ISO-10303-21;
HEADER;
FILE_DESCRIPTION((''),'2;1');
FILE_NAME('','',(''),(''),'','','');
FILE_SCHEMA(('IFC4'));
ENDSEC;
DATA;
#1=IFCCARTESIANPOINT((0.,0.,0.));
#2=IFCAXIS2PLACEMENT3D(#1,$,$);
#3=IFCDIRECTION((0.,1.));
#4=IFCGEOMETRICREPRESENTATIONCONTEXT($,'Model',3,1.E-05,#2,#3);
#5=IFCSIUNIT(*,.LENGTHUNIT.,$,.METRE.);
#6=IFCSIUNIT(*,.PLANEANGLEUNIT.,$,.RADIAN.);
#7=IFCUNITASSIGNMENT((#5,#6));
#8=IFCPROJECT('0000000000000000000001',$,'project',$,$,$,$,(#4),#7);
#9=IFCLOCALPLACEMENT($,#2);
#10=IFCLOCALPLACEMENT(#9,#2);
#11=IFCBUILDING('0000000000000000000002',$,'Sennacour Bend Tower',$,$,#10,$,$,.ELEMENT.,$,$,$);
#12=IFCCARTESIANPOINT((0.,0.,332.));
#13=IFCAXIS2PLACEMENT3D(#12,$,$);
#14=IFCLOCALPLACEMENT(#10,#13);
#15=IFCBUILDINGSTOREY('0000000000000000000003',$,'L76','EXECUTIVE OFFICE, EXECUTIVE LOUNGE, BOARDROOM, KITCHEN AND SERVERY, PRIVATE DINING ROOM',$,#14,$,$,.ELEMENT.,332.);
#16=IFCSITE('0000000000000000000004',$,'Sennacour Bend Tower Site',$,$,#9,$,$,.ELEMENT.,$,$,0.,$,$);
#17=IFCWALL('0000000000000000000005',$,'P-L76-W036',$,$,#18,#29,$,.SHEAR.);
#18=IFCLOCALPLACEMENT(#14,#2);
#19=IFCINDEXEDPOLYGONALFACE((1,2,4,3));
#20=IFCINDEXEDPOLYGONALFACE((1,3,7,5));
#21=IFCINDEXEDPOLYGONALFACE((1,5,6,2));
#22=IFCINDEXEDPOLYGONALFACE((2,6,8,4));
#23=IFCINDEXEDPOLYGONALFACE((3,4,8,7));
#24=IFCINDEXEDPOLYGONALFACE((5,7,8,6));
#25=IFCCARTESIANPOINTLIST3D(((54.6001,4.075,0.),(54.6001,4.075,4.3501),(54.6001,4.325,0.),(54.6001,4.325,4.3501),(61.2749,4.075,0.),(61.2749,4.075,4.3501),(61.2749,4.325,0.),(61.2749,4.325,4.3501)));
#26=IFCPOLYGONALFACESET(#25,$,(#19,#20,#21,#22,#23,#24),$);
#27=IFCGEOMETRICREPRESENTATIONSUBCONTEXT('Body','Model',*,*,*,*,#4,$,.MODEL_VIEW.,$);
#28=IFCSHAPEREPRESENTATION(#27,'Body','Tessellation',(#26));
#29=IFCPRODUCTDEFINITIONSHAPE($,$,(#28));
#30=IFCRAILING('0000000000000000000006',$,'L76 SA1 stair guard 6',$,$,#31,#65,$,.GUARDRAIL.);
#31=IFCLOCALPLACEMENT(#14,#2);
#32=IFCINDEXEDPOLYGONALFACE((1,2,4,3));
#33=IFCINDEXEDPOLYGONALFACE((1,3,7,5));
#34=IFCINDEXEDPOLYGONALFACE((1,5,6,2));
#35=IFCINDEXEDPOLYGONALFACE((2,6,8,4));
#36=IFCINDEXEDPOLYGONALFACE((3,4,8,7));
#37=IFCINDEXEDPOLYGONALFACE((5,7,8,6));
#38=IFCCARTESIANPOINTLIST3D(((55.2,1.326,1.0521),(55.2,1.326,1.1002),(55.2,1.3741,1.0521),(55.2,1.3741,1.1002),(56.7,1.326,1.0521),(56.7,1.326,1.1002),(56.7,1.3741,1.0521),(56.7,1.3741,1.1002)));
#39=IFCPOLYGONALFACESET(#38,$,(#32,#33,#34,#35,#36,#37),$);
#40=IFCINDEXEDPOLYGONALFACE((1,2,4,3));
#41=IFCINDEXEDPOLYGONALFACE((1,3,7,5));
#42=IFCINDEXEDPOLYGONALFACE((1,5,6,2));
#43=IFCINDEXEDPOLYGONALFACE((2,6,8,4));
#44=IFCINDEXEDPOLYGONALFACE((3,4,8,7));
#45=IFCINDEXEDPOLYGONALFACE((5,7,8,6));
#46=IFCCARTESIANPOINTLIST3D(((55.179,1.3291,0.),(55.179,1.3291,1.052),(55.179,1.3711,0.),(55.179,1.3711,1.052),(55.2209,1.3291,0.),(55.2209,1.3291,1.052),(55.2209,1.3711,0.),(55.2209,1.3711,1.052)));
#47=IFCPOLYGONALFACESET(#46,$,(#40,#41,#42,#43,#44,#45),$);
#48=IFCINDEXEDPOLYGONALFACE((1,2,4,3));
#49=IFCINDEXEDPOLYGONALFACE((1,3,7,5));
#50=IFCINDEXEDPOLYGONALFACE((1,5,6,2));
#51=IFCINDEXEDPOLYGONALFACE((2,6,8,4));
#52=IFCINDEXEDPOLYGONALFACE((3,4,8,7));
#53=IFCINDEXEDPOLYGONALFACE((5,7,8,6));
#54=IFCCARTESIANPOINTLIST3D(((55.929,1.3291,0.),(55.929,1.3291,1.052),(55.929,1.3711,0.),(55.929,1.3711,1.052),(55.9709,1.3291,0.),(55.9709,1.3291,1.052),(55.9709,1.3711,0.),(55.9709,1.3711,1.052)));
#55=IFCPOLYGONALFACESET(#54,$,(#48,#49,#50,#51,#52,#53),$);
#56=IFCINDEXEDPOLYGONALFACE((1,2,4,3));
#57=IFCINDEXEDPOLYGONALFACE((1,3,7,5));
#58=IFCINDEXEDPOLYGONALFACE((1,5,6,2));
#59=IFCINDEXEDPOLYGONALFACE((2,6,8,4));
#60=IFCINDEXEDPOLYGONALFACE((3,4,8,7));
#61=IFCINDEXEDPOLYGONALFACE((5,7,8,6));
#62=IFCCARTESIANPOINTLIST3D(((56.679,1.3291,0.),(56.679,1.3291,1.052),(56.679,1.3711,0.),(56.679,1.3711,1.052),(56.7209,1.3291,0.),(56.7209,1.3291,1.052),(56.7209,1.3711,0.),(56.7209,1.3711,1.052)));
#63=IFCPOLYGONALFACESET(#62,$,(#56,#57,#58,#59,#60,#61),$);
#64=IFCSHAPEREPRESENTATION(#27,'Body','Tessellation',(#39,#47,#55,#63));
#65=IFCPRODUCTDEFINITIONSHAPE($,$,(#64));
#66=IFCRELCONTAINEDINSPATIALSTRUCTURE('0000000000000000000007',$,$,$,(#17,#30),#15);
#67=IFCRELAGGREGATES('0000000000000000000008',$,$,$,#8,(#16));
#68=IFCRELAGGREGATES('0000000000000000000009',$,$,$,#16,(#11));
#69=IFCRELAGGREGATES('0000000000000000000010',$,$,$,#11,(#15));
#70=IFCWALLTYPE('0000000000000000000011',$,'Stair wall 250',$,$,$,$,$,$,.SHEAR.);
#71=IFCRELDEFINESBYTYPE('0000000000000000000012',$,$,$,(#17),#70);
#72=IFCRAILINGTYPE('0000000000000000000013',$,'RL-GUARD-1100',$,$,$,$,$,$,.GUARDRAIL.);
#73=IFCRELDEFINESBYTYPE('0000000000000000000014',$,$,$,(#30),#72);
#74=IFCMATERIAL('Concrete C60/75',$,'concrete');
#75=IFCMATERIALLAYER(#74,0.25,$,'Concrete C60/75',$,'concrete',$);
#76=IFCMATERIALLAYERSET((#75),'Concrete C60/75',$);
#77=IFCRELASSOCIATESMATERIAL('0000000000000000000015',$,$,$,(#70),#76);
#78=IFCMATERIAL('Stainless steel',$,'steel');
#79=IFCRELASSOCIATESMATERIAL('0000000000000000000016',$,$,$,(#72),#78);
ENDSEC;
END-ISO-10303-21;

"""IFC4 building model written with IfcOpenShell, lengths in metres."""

from ifc_helpers import new_model, si_unit, direction, frame, frame_2d, origin, origin_2d, place, context, subcontext, project, spatial, rectangle, extrude, material, layer, layer_set, type_object, element, save


model = new_model("IFC4")

# Units and contexts
model_context = context("Model", 3, precision=1e-05, world=origin(), true_north=direction((0.0, 1.0)))
body_context = subcontext(model_context, "Body", "Model", "MODEL_VIEW")
ifc_project = project(units=[si_unit("LENGTHUNIT", "METRE"), si_unit("PLANEANGLEUNIT", "RADIAN")], contexts=[model_context])

# Site, building, storey
site_placement = place(None, origin())
site = spatial("IfcSite", under=ifc_project, at=site_placement, Name="Sennacour Bend Tower Site", CompositionType="ELEMENT", RefElevation=0.0)
building_placement = place(site_placement, origin())
building = spatial("IfcBuilding", under=site, at=building_placement, Name="Sennacour Bend Tower", CompositionType="ELEMENT")
storey_placement = place(building_placement, frame((0.0, 0.0, 332.0)))
storey = spatial("IfcBuildingStorey", under=building, at=storey_placement, Name="L76", Description="EXECUTIVE OFFICE, EXECUTIVE LOUNGE, BOARDROOM, KITCHEN AND SERVERY, PRIVATE DINING ROOM", CompositionType="ELEMENT", Elevation=332.0)

# Shared definitions
ifc_material_1 = material(Name="Stainless steel", Category="steel")

# Wall
ifc_material_2 = material(Name="Concrete C60/75", Category="concrete")
ifc_layer_1 = layer(ifc_material_2, 0.25, Name="Concrete C60/75", Category="concrete")
ifc_layer_set_1 = layer_set([ifc_layer_1], Name="Concrete C60/75")
wall_type_1 = type_object("IfcWallType", Name="Stair wall 250", PredefinedType="SHEAR", material=ifc_layer_set_1)
wall_1_placement = place(storey_placement, frame((54.6001, 4.2, 0.0), z_axis=(0.0, 0.0, 1.0), x_axis=(1.0, 0.0, 0.0)))
element("IfcWall", 1, at=wall_1_placement, inside=storey, type_object=wall_type_1, Name="P-L76-W036", PredefinedType="SHEAR", context=body_context, shape_type="SweptSolid", body=[
    extrude(rectangle(XDim=6.6748, YDim=0.25, at=frame_2d((3.3374, 0.0))), origin(), (0.0, 0.0, 1.0), 4.3501),
])

# Railing
railing_type = type_object("IfcRailingType", Name="RL-GUARD-1100", PredefinedType="GUARDRAIL", material=ifc_material_1)
railing_placement = place(storey_placement, frame((55.2, 1.3501, 0.0)))
element("IfcRailing", 2, at=railing_placement, inside=storey, type_object=railing_type, Name="L76 SA1 stair guard 6", PredefinedType="GUARDRAIL", context=body_context, shape_type="SweptSolid", body=[
    extrude(rectangle(XDim=0.0481, YDim=0.0481, at=origin_2d()), frame((0.0, 0.0, 1.0762), z_axis=(1.0, 0.0, 0.0), x_axis=(0.0, 1.0, 0.0)), (0.0, 0.0, 1.0), 1.5),
    extrude(rectangle(XDim=0.042, YDim=0.042, at=origin_2d()), origin(), (0.0, 0.0, 1.0), 1.052),
    extrude(rectangle(XDim=0.042, YDim=0.042, at=origin_2d()), frame((0.75, 0.0, 0.0)), (0.0, 0.0, 1.0), 1.052),
    extrude(rectangle(XDim=0.042, YDim=0.042, at=origin_2d()), frame((1.5, 0.0, 0.0)), (0.0, 0.0, 1.0), 1.052),
])

save(model, "model.ifc")
